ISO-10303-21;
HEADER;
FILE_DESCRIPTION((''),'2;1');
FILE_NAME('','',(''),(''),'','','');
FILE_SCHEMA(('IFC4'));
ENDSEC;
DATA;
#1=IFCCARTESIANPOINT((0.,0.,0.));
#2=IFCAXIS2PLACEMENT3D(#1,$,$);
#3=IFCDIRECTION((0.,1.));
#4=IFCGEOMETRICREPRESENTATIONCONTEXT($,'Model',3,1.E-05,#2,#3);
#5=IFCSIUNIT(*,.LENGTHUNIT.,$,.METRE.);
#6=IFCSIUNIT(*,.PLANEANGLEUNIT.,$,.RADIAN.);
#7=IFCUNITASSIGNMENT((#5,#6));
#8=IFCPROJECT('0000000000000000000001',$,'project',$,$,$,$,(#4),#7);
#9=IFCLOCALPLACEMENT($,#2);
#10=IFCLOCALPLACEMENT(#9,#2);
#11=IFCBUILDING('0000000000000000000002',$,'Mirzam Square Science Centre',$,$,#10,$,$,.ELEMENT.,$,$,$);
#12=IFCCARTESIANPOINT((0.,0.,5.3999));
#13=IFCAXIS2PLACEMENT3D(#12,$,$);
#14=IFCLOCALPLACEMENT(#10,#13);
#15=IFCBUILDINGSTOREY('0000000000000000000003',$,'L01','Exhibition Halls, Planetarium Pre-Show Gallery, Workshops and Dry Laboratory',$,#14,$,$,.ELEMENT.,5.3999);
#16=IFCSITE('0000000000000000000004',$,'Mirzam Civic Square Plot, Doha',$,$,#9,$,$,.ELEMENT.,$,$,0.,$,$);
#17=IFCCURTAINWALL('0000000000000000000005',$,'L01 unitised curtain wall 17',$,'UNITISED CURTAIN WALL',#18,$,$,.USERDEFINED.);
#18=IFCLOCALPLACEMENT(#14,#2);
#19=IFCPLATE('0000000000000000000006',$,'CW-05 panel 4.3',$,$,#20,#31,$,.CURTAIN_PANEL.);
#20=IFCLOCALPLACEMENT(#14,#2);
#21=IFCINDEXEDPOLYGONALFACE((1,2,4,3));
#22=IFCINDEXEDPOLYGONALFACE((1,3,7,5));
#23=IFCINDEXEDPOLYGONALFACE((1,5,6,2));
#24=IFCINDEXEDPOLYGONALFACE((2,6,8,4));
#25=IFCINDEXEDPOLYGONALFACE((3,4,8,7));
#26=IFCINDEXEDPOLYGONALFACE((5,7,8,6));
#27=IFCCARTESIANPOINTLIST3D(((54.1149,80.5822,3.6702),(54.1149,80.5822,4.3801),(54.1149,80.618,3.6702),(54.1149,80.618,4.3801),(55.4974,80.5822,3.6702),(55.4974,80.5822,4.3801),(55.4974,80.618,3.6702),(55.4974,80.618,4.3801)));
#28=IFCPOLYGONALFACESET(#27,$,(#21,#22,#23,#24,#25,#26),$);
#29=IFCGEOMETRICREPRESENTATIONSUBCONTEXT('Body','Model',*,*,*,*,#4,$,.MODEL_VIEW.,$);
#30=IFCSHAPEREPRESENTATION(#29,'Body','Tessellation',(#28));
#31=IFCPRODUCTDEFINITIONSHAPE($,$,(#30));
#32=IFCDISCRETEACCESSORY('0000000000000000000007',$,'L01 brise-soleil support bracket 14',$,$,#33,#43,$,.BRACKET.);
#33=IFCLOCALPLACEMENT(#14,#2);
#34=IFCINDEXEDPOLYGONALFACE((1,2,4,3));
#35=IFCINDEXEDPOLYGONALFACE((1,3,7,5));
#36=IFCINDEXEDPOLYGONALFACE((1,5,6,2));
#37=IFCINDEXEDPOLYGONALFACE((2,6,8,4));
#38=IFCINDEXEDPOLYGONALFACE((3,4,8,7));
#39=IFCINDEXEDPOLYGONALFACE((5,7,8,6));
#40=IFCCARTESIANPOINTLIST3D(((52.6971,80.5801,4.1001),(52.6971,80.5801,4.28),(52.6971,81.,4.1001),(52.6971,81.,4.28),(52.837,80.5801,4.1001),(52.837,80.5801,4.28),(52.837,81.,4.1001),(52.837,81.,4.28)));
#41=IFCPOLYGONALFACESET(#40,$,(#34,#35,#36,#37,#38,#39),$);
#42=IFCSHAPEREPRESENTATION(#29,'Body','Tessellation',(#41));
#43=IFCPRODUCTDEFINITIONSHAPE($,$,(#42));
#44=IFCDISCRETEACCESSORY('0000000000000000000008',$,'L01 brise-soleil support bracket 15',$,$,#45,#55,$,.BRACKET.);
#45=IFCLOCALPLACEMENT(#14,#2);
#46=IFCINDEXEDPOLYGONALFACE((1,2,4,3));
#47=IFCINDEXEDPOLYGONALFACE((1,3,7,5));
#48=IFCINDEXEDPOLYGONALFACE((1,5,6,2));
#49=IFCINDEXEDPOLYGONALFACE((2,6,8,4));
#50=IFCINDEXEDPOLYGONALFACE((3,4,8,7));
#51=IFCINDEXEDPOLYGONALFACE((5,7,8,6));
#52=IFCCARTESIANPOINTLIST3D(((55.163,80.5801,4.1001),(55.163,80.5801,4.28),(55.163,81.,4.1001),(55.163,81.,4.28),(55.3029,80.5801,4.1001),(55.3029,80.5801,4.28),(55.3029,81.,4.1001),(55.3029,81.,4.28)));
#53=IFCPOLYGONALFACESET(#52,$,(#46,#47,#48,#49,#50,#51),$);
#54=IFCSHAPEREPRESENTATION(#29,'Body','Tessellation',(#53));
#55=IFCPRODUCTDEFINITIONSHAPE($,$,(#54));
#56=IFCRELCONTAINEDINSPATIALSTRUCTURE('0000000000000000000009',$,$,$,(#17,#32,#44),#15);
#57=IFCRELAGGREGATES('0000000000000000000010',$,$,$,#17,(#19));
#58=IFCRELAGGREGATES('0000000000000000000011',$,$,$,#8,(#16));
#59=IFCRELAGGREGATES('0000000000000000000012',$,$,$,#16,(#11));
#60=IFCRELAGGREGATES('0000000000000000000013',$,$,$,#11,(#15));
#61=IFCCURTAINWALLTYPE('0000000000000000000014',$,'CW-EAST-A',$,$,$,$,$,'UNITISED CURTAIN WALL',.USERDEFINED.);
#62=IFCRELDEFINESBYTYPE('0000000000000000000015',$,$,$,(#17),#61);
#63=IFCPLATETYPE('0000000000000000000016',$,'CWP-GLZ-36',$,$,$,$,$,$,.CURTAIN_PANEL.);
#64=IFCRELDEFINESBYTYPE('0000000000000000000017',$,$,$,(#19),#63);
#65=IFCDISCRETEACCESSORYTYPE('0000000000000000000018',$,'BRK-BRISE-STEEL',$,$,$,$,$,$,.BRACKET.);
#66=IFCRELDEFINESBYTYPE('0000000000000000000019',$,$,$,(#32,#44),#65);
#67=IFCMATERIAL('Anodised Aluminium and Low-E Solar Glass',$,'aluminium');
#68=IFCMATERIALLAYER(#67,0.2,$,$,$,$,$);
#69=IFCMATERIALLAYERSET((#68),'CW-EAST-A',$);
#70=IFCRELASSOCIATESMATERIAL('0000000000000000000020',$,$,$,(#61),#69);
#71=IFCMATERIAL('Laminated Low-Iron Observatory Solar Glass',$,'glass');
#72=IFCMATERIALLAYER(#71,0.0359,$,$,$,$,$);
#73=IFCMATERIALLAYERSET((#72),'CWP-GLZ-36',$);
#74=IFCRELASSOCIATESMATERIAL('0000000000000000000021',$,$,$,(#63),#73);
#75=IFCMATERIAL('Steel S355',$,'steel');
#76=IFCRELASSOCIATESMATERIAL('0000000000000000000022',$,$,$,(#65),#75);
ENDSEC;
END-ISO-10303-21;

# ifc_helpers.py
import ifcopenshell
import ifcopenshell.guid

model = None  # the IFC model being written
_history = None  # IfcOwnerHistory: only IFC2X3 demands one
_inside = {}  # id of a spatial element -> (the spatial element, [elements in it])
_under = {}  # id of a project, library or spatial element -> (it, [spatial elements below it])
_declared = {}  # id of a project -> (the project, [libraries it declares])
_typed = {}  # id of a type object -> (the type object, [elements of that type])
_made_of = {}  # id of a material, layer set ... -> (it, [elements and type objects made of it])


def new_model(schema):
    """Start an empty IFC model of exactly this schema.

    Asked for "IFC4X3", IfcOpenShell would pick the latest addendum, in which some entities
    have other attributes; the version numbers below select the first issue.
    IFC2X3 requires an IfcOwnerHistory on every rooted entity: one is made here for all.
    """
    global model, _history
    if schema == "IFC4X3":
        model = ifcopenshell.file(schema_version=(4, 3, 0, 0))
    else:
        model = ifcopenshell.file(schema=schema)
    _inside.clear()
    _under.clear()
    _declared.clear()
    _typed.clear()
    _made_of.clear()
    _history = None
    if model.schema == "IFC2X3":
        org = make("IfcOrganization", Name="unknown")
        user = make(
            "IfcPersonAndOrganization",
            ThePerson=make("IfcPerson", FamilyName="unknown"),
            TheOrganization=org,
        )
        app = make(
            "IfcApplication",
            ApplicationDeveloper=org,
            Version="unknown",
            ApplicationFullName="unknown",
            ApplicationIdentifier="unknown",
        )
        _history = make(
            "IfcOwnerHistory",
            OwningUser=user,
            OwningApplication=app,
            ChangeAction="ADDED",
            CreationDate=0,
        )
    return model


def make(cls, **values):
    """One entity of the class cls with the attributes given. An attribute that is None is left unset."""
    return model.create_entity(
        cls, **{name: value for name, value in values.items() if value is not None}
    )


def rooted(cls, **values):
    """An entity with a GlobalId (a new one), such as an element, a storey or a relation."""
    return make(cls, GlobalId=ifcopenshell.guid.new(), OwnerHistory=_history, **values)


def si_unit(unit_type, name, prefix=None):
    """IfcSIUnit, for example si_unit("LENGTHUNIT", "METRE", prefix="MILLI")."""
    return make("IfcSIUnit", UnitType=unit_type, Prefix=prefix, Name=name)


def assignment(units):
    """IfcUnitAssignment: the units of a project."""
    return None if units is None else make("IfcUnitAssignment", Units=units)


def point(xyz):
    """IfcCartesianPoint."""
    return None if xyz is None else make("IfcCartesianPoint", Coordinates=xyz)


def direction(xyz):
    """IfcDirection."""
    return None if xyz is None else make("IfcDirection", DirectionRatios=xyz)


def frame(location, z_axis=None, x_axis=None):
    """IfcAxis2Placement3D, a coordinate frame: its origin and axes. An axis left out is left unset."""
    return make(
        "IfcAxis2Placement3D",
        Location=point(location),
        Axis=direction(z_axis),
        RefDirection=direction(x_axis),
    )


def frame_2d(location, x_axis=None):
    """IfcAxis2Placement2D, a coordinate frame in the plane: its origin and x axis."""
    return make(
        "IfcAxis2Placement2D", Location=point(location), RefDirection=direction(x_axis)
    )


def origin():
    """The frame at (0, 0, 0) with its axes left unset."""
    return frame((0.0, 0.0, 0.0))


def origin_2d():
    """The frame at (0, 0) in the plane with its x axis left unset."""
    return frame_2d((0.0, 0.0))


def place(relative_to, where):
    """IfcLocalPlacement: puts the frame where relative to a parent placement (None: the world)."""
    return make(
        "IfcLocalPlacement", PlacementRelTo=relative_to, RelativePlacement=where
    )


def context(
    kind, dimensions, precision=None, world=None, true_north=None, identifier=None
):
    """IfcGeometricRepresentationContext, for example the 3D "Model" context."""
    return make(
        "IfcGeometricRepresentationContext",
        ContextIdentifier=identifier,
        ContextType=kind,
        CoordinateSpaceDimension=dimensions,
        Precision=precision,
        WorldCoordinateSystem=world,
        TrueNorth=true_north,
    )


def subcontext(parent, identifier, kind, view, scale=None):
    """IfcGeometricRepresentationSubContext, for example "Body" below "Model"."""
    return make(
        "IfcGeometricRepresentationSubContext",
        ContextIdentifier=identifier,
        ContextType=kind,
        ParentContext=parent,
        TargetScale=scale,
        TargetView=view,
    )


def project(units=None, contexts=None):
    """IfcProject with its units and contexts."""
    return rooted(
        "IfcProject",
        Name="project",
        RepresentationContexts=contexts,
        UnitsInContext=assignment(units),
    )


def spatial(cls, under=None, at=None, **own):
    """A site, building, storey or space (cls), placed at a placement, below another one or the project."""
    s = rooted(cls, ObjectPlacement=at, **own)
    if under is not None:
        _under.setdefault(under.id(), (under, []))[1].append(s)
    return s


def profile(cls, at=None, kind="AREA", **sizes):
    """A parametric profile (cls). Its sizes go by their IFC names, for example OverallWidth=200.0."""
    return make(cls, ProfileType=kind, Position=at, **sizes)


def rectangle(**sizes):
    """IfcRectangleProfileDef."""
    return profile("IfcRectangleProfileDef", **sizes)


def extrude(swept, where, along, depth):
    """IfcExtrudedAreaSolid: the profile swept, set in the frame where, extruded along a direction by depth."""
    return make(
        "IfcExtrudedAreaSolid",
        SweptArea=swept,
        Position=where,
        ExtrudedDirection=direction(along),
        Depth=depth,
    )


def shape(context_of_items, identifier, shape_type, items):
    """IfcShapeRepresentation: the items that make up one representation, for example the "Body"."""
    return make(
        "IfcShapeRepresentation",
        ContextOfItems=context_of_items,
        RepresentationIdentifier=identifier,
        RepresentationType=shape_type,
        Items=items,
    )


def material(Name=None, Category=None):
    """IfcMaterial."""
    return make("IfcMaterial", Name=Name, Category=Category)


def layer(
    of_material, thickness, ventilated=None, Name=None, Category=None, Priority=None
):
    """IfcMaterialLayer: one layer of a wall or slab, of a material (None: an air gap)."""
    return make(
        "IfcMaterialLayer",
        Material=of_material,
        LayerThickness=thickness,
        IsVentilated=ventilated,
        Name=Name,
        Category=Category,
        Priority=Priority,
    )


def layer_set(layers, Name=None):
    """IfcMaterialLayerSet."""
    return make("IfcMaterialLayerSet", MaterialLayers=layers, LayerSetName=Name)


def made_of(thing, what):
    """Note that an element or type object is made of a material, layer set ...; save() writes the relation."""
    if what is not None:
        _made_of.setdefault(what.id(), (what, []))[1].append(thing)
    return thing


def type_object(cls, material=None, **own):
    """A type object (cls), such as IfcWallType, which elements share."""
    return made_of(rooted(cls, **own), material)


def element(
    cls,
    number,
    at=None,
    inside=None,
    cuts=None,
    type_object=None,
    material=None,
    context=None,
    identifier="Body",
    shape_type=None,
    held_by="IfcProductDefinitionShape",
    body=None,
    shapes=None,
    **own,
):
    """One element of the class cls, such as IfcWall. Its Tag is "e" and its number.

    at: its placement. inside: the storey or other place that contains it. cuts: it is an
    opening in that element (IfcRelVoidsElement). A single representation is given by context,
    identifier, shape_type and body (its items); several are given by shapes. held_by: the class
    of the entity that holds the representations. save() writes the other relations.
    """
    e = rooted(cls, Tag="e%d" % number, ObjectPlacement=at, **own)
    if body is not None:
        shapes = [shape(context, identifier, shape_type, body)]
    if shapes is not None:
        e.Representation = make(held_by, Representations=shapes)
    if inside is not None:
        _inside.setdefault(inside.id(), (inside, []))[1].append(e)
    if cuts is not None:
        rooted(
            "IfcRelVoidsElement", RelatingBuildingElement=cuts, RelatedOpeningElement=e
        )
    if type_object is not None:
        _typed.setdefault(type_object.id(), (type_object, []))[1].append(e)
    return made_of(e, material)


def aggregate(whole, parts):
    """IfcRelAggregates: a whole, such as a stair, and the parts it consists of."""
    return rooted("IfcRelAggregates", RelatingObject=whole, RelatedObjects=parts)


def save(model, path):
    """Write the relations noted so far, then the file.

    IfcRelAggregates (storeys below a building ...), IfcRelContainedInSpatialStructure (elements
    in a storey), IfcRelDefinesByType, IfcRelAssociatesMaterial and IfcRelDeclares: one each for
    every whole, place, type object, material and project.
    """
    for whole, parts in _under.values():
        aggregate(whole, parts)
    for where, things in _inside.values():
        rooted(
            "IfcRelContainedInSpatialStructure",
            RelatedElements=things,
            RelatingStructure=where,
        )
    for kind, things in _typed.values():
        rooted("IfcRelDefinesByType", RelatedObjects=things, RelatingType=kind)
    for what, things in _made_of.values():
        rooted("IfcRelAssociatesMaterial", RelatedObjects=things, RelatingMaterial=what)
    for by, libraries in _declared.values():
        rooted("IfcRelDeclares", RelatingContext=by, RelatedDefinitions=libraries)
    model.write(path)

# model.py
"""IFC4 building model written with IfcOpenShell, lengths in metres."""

from ifc_helpers import new_model, si_unit, direction, frame, origin, origin_2d, place, context, subcontext, project, spatial, rectangle, extrude, material, layer, layer_set, type_object, element, aggregate, save


model = new_model("IFC4")

# Units and contexts
model_context = context("Model", 3, precision=1e-05, world=origin(), true_north=direction((0.0, 1.0)))
body_context = subcontext(model_context, "Body", "Model", "MODEL_VIEW")
ifc_project = project(units=[si_unit("LENGTHUNIT", "METRE"), si_unit("PLANEANGLEUNIT", "RADIAN")], contexts=[model_context])

# Site, building, storey
site_placement = place(None, origin())
site = spatial("IfcSite", under=ifc_project, at=site_placement, Name="Mirzam Civic Square Plot, Doha", CompositionType="ELEMENT", RefElevation=0.0)
building_placement = place(site_placement, origin())
building = spatial("IfcBuilding", under=site, at=building_placement, Name="Mirzam Square Science Centre", CompositionType="ELEMENT")
storey_placement = place(building_placement, frame((0.0, 0.0, 5.3999)))
storey = spatial("IfcBuildingStorey", under=building, at=storey_placement, Name="L01", Description="Exhibition Halls, Planetarium Pre-Show Gallery, Workshops and Dry Laboratory", CompositionType="ELEMENT", Elevation=5.3999)

# Shared definitions
ifc_material_1 = material(Name="Steel S355", Category="steel")

# Curtain wall
ifc_material_2 = material(Name="Anodised Aluminium and Low-E Solar Glass", Category="aluminium")
ifc_layer_1 = layer(ifc_material_2, 0.2)
ifc_layer_set_1 = layer_set([ifc_layer_1], Name="CW-EAST-A")
curtain_wall_type_1 = type_object("IfcCurtainWallType", Name="CW-EAST-A", ElementType="UNITISED CURTAIN WALL", PredefinedType="USERDEFINED", material=ifc_layer_set_1)
curtain_wall_1_placement = place(storey_placement, origin())
curtain_wall_1 = element("IfcCurtainWall", 1, at=curtain_wall_1_placement, inside=storey, type_object=curtain_wall_type_1, Name="L01 unitised curtain wall 17", ObjectType="UNITISED CURTAIN WALL", PredefinedType="USERDEFINED")

# Plate
ifc_material_3 = material(Name="Laminated Low-Iron Observatory Solar Glass", Category="glass")
ifc_layer_2 = layer(ifc_material_3, 0.0359)
ifc_layer_set_2 = layer_set([ifc_layer_2], Name="CWP-GLZ-36")
plate_type_1 = type_object("IfcPlateType", Name="CWP-GLZ-36", PredefinedType="CURTAIN_PANEL", material=ifc_layer_set_2)
plate_1_placement = place(storey_placement, frame((54.8062, 80.6001, 3.6702), z_axis=(0.0, 0.0, 1.0), x_axis=(-1.0, 0.0, 0.0)))
plate_1 = element("IfcPlate", 2, at=plate_1_placement, type_object=plate_type_1, Name="CW-05 panel 4.3", PredefinedType="CURTAIN_PANEL", context=body_context, shape_type="SweptSolid", body=[
    extrude(rectangle(XDim=1.3826, YDim=0.0359, at=origin_2d()), origin(), (0.0, 0.0, 1.0), 0.71),
])
aggregate(curtain_wall_1, [plate_1])

# Discrete accessories
discrete_accessory_type = type_object("IfcDiscreteAccessoryType", Name="BRK-BRISE-STEEL", PredefinedType="BRACKET", material=ifc_material_1)
for number, where, z_axis, x_axis, name in (
    (3, (52.7671, 80.79, 4.1001), (0.0, 0.0, 1.0), (-1.0, 0.0, 0.0), "L01 brise-soleil support bracket 14"),
    (4, (55.2329, 80.79, 4.1001), (0.0, 0.0, 1.0), (-1.0, 0.0, 0.0), "L01 brise-soleil support bracket 15"),
):
    element("IfcDiscreteAccessory", number, at=place(storey_placement, frame(where, z_axis=z_axis, x_axis=x_axis)), inside=storey, type_object=discrete_accessory_type, Name=name, PredefinedType="BRACKET", context=body_context, shape_type="SweptSolid", body=[
        extrude(rectangle(XDim=0.1399, YDim=0.4199, at=origin_2d()), origin(), (0.0, 0.0, 1.0), 0.1799),
    ])

save(model, "model.ifc")
